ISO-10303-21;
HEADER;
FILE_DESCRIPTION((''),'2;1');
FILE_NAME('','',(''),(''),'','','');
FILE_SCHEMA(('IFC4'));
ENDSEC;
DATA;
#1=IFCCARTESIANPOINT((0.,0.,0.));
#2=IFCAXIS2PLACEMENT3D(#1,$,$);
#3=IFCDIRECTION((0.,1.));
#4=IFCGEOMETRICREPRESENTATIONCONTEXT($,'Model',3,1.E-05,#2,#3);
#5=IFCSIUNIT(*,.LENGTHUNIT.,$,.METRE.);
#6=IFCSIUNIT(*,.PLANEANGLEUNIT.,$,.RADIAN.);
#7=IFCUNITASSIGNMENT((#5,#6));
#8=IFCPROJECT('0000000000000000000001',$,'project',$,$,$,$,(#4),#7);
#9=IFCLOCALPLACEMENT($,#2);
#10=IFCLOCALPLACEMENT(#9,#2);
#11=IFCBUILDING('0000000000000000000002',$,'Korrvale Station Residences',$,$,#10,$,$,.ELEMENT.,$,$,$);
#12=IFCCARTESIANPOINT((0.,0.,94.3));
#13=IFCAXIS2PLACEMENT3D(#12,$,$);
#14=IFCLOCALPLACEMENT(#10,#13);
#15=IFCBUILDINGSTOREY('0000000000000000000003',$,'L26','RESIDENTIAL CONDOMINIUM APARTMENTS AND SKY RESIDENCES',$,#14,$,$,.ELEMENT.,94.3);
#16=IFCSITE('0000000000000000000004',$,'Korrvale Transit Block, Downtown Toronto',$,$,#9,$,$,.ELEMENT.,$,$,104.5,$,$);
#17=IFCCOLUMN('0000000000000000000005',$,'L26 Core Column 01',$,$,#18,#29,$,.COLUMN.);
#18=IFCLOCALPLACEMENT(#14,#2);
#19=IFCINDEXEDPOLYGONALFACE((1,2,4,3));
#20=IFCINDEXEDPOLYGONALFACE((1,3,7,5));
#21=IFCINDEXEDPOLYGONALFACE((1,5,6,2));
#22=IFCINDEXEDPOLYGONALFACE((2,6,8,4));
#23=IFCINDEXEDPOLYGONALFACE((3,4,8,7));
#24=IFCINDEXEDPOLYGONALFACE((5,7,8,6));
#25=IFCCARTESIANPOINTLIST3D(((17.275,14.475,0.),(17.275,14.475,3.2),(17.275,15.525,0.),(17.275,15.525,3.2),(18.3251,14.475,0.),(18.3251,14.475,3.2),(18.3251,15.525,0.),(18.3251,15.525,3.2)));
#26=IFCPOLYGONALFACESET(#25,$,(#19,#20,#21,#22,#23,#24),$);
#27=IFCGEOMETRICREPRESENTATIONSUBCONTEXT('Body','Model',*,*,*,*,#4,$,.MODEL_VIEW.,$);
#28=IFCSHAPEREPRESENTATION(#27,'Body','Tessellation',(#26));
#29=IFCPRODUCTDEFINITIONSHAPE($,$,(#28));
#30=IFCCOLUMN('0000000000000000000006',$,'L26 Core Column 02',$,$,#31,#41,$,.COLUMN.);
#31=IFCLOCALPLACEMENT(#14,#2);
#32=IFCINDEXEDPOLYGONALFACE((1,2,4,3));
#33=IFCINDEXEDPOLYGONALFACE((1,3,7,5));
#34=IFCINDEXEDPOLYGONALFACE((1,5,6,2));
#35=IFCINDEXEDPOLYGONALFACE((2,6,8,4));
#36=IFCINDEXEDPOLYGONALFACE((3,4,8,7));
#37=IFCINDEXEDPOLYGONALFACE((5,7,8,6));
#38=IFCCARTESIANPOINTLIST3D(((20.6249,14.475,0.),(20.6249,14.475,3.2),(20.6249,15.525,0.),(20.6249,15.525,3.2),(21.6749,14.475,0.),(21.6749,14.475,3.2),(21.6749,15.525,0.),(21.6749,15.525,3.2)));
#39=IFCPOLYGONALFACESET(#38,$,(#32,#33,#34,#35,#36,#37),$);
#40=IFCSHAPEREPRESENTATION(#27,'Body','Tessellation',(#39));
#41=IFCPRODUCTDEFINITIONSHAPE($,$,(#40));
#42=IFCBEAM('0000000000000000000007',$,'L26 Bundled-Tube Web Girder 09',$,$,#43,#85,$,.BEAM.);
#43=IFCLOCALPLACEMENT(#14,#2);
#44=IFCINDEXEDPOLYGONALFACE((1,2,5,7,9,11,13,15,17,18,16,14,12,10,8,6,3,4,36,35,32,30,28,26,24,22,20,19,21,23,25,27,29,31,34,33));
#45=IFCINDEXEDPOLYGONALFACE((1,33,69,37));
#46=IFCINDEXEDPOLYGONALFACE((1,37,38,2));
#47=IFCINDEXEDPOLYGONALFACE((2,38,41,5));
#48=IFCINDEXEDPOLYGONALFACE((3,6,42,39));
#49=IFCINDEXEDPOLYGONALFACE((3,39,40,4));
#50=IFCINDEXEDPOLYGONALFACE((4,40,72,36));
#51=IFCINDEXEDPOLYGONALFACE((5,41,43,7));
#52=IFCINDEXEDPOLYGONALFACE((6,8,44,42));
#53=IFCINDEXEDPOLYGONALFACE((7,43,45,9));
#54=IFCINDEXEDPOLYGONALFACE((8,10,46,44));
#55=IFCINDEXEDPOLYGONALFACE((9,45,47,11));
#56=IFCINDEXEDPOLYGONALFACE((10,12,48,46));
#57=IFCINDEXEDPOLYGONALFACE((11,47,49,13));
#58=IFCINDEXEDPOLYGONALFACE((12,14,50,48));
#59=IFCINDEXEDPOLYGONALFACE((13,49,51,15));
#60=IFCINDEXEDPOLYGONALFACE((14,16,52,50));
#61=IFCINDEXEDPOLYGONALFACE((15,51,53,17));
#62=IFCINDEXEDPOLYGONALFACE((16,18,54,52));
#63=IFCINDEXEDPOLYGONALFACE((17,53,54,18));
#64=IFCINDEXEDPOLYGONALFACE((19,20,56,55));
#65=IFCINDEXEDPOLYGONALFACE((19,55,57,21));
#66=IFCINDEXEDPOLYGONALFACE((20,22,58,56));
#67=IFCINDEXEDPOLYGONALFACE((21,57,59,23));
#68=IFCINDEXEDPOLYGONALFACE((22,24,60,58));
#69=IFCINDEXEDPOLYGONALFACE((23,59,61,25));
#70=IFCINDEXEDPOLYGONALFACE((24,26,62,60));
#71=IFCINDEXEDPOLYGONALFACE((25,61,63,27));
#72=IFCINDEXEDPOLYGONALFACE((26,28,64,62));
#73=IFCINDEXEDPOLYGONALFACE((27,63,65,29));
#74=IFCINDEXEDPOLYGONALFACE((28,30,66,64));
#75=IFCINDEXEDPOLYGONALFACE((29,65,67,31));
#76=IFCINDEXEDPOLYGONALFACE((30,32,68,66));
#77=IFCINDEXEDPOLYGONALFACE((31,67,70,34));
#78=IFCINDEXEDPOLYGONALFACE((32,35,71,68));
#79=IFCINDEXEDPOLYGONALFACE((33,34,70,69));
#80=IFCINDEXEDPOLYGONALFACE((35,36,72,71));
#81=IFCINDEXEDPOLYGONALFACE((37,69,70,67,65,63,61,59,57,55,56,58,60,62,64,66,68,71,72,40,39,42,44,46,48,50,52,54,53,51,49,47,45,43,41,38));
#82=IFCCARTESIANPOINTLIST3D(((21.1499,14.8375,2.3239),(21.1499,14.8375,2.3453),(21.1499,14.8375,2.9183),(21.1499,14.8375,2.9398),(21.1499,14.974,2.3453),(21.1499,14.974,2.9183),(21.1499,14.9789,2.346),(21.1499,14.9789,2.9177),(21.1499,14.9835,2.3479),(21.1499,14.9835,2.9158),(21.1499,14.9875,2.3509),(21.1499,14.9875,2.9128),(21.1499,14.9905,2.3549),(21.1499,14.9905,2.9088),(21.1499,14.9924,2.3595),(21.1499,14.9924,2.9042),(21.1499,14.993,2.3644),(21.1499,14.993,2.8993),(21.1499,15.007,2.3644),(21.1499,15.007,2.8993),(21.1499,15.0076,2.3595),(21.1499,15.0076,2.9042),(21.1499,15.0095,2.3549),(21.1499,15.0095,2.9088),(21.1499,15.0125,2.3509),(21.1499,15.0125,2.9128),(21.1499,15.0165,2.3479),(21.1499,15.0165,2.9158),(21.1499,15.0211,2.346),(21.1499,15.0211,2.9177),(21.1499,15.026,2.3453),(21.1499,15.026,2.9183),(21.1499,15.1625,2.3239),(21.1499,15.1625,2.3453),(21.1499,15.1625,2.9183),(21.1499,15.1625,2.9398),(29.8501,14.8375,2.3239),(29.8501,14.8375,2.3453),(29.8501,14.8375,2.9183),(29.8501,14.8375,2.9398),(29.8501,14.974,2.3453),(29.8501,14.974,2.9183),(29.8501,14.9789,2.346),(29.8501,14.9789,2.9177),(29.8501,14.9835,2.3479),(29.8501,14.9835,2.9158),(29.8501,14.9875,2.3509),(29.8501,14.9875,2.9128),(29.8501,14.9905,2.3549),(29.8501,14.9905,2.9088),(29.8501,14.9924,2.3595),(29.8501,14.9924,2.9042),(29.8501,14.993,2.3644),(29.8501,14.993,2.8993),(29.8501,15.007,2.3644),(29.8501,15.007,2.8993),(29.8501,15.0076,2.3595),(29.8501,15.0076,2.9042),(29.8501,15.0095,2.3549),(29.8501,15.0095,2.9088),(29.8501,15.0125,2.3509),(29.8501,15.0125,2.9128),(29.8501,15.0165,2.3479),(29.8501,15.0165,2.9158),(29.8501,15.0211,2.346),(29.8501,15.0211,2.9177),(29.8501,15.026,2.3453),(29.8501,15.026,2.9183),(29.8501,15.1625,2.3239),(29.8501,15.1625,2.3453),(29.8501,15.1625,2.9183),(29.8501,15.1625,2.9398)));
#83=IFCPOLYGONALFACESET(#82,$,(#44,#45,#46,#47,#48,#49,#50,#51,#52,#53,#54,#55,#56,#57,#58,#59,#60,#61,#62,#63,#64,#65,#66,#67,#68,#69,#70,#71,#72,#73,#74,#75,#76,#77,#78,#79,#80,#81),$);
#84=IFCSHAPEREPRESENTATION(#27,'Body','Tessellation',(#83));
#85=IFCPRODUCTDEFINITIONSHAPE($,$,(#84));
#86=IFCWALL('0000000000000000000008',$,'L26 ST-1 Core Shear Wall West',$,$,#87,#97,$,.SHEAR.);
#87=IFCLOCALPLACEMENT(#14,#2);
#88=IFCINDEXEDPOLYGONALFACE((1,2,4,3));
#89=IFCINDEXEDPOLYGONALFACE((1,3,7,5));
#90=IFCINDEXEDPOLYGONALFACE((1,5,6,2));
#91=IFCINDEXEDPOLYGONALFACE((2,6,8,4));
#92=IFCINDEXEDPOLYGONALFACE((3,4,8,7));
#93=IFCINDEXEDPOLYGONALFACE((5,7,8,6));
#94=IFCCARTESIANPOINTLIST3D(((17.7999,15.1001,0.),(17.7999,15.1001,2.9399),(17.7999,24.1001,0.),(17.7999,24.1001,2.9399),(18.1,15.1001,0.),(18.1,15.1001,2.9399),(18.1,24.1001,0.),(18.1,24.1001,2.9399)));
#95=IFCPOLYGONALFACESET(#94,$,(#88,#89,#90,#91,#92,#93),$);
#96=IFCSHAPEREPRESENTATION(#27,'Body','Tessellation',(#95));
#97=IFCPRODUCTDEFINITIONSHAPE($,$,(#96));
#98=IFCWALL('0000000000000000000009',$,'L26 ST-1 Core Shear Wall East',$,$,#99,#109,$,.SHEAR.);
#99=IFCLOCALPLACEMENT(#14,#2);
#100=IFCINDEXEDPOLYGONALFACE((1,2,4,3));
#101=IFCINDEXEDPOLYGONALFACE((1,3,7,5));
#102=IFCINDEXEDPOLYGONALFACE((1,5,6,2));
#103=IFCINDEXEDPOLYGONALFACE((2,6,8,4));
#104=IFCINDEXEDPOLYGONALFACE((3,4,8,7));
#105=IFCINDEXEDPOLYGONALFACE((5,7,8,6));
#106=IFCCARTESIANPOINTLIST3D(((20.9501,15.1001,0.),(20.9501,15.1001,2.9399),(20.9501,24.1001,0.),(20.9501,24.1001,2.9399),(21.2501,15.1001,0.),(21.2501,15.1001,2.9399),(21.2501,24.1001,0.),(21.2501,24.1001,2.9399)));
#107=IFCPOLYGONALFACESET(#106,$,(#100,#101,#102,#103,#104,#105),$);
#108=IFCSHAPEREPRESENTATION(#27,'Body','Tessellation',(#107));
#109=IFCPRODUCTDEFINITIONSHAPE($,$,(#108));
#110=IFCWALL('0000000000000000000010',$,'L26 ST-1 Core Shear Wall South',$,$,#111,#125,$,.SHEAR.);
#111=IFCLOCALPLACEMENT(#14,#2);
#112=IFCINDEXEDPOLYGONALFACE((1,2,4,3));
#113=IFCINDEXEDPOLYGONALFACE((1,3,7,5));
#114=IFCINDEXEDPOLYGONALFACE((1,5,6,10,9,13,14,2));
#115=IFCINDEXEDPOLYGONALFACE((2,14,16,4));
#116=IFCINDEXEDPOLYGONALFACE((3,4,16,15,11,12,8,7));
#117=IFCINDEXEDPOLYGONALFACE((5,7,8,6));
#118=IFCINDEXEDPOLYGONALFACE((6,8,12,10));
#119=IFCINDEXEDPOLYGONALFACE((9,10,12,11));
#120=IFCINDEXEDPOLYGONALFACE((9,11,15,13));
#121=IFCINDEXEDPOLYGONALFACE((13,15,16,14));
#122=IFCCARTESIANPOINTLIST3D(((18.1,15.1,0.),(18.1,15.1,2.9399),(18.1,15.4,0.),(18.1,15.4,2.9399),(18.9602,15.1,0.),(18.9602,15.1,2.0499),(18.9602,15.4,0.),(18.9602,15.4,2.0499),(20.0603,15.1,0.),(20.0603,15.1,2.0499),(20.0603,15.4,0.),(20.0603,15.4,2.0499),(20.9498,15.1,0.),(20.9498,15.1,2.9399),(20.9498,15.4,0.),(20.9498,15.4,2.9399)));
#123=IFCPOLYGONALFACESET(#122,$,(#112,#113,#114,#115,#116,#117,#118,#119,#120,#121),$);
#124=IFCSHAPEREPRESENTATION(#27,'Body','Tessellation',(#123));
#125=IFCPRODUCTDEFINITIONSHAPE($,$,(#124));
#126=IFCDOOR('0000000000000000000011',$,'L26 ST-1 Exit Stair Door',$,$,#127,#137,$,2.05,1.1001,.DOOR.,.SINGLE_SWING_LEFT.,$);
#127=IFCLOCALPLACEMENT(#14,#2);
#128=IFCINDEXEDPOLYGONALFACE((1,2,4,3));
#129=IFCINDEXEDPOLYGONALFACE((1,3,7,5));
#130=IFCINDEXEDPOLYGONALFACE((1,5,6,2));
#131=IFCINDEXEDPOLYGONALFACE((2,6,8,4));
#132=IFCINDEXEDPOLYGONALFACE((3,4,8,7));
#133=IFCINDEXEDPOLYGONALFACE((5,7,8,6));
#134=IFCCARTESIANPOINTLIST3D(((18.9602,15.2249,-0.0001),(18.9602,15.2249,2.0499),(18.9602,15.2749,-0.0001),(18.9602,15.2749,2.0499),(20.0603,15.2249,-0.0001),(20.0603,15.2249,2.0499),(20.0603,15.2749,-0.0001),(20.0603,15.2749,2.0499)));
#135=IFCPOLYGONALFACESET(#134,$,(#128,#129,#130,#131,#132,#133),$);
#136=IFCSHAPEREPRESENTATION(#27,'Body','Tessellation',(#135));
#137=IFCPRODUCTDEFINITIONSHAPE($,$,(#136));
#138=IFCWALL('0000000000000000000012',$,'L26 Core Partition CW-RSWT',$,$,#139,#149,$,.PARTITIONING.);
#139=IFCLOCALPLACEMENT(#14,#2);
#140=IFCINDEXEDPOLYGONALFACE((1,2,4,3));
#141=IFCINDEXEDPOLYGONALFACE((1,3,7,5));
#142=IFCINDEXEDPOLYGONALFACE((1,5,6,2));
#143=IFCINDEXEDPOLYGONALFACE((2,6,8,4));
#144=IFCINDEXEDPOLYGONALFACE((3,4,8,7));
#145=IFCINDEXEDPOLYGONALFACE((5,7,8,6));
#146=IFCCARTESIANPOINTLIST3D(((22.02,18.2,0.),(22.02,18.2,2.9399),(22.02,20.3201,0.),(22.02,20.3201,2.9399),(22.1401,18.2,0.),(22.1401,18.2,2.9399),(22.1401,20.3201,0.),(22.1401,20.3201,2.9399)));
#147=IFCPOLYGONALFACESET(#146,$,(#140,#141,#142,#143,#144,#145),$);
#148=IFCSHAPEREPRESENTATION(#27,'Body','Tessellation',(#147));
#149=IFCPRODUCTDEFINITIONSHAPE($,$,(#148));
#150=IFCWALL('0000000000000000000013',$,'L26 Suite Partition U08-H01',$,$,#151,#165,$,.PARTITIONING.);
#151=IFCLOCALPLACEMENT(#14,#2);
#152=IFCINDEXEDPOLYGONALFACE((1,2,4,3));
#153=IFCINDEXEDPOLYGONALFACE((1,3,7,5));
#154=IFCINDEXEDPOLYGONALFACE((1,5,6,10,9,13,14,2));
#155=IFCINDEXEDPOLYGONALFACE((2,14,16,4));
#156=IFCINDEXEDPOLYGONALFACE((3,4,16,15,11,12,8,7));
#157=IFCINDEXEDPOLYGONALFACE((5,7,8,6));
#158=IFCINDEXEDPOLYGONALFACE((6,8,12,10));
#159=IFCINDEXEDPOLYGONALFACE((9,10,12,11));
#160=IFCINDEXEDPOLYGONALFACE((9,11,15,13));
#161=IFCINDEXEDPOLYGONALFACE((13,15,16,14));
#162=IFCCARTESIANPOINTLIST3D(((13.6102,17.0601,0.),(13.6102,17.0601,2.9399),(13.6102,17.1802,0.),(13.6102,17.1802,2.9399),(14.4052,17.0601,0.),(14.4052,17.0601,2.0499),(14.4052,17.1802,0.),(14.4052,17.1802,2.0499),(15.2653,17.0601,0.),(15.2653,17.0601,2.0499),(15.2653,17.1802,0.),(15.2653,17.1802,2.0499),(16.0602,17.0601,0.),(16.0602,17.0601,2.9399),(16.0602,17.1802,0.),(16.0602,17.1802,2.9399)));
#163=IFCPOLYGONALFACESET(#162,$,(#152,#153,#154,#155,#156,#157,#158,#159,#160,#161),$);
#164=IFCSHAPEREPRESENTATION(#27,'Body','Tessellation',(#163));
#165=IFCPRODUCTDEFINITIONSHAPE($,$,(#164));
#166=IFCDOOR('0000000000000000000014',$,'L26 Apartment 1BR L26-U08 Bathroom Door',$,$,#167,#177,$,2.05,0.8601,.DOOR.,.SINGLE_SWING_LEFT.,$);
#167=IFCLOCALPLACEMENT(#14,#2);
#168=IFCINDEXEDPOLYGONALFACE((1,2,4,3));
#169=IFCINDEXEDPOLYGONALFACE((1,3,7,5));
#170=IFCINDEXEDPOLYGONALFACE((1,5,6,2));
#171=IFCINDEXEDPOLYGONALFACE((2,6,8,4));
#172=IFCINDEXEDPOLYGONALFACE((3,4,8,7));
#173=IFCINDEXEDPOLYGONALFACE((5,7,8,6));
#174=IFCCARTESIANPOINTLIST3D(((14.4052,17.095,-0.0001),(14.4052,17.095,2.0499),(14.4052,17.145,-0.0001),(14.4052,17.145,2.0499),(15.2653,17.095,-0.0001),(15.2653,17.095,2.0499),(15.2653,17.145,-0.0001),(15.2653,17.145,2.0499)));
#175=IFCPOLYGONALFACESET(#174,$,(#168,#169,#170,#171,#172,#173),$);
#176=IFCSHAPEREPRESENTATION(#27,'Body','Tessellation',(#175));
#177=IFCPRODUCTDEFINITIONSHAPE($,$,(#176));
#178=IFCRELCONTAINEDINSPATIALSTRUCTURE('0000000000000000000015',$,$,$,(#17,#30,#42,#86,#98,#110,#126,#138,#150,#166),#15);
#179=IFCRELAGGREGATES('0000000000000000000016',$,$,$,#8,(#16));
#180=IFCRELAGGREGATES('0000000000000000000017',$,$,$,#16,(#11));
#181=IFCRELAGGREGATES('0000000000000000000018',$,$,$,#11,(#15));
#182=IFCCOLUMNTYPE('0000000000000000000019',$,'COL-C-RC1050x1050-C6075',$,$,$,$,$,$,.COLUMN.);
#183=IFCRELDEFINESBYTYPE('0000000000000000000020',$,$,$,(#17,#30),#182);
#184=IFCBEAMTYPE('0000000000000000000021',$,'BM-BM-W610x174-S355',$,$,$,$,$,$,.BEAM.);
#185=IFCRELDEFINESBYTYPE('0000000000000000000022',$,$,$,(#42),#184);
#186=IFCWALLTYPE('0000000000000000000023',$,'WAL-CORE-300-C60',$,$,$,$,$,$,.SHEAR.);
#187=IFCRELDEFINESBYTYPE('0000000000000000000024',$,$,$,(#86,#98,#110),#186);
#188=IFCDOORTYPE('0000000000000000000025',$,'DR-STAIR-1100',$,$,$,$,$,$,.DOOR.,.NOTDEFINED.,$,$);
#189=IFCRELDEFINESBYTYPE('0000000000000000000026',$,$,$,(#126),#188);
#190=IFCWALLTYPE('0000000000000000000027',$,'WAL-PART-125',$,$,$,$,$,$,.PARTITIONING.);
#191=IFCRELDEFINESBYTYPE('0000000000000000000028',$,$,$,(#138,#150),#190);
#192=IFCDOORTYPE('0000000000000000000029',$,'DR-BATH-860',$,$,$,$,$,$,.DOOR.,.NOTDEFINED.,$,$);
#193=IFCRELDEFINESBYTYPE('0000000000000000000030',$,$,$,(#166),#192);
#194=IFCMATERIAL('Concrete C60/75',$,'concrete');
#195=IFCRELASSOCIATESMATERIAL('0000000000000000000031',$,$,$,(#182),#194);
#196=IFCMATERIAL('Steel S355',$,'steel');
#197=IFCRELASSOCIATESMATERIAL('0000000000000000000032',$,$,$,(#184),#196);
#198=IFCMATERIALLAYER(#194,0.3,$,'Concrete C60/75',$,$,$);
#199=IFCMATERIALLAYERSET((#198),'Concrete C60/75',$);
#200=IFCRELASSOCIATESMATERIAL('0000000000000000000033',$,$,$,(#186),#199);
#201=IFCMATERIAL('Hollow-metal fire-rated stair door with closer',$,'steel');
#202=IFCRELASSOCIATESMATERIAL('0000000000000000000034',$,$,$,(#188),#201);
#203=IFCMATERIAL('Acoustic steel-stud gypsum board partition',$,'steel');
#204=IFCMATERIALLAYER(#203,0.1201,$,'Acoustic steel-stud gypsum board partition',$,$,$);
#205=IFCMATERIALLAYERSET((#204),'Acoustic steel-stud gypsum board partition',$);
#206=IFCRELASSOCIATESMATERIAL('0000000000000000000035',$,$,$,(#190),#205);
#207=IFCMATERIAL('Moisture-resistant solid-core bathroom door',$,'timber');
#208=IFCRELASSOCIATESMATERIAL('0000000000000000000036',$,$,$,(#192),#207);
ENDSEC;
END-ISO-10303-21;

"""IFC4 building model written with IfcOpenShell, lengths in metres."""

from ifc_helpers import new_model, si_unit, direction, frame, frame_2d, origin, origin_2d, place, context, subcontext, project, spatial, rectangle, i_section, extrude, material, layer, layer_set, material_profile, profile_set, type_object, element, fill, save


model = new_model("IFC4")

# Units and contexts
model_context = context("Model", 3, precision=1e-05, world=origin(), true_north=direction((0.0, 1.0)))
body_context = subcontext(model_context, "Body", "Model", "MODEL_VIEW")
ifc_project = project(units=[si_unit("LENGTHUNIT", "METRE"), si_unit("PLANEANGLEUNIT", "RADIAN")], contexts=[model_context])

# Site, building, storey
site_placement = place(None, origin())
site = spatial("IfcSite", under=ifc_project, at=site_placement, Name="Korrvale Transit Block, Downtown Toronto", CompositionType="ELEMENT", RefElevation=104.5)
building_placement = place(site_placement, origin())
building = spatial("IfcBuilding", under=site, at=building_placement, Name="Korrvale Station Residences", CompositionType="ELEMENT")
storey_placement = place(building_placement, frame((0.0, 0.0, 94.3)))
storey = spatial("IfcBuildingStorey", under=building, at=storey_placement, Name="L26", Description="RESIDENTIAL CONDOMINIUM APARTMENTS AND SKY RESIDENCES", CompositionType="ELEMENT", Elevation=94.3)

# Columns
ifc_material_1 = material(Name="Concrete C60/75", Category="concrete")
ifc_material_profile_1 = material_profile(ifc_material_1, rectangle(XDim=1.05, YDim=1.05, at=origin_2d()), Name="RC1050x1050")
ifc_profile_set_1 = profile_set([ifc_material_profile_1], Name="Concrete C60/75")
column_type = type_object("IfcColumnType", Name="COL-C-RC1050x1050-C6075", PredefinedType="COLUMN", material=ifc_profile_set_1)
for number, where, z_axis, x_axis, name in (
    (1, (17.8, 15.0, 0.0), (0.0, 0.0, 1.0), (1.0, 0.0, 0.0), "L26 Core Column 01"),
    (2, (21.1499, 15.0, 0.0), (0.0, 0.0, 1.0), (1.0, 0.0, 0.0), "L26 Core Column 02"),
):
    element("IfcColumn", number, at=place(storey_placement, frame(where, z_axis=z_axis, x_axis=x_axis)), inside=storey, type_object=column_type, Name=name, PredefinedType="COLUMN", context=body_context, shape_type="SweptSolid", body=[
        extrude(rectangle(XDim=1.05, YDim=1.05, at=origin_2d()), origin(), (0.0, 0.0, 1.0), 3.2),
    ])

# Beam
ifc_material_2 = material(Name="Steel S355", Category="steel")
ifc_material_profile_2 = material_profile(ifc_material_2, i_section(OverallWidth=0.325, OverallDepth=0.616, WebThickness=0.0139, FlangeThickness=0.0215, FilletRadius=0.019, at=origin_2d()), Name="W610x174")
ifc_profile_set_2 = profile_set([ifc_material_profile_2], Name="Steel S355")
beam_type = type_object("IfcBeamType", Name="BM-BM-W610x174-S355", PredefinedType="BEAM", material=ifc_profile_set_2)
beam_placement = place(storey_placement, frame((21.1499, 15.0, 2.6318), z_axis=(1.0, 0.0, 0.0), x_axis=(0.0, 1.0, 0.0)))
element("IfcBeam", 3, at=beam_placement, inside=storey, type_object=beam_type, Name="L26 Bundled-Tube Web Girder 09", PredefinedType="BEAM", context=body_context, shape_type="SweptSolid", body=[
    extrude(i_section(OverallWidth=0.325, OverallDepth=0.616, WebThickness=0.0139, FlangeThickness=0.0215, FilletRadius=0.019, at=origin_2d()), origin(), (0.0, 0.0, 1.0), 8.7002),
])

# Walls
ifc_layer_1 = layer(ifc_material_1, 0.3, Name="Concrete C60/75")
ifc_layer_set_1 = layer_set([ifc_layer_1], Name="Concrete C60/75")
wall_type_1 = type_object("IfcWallType", Name="WAL-CORE-300-C60", PredefinedType="SHEAR", material=ifc_layer_set_1)
for number, where, z_axis, x_axis, name in (
    (4, (17.95, 15.1001, 0.0), (0.0, 0.0, 1.0), (0.0, 1.0, 0.0), "L26 ST-1 Core Shear Wall West"),
    (5, (21.1001, 15.1001, 0.0), (0.0, 0.0, 1.0), (0.0, 1.0, 0.0), "L26 ST-1 Core Shear Wall East"),
):
    element("IfcWall", number, at=place(storey_placement, frame(where, z_axis=z_axis, x_axis=x_axis)), inside=storey, type_object=wall_type_1, Name=name, PredefinedType="SHEAR", context=body_context, shape_type="SweptSolid", body=[
        extrude(rectangle(XDim=9.0, YDim=0.3, at=frame_2d((4.5, 0.0))), origin(), (0.0, 0.0, 1.0), 2.9399),
    ])

# Wall, opening, door
wall_1_placement = place(storey_placement, frame((18.1001, 15.25, 0.0), z_axis=(0.0, 0.0, 1.0), x_axis=(1.0, 0.0, 0.0)))
wall_1 = element("IfcWall", 6, at=wall_1_placement, inside=storey, type_object=wall_type_1, Name="L26 ST-1 Core Shear Wall South", PredefinedType="SHEAR", context=body_context, shape_type="SweptSolid", body=[
    extrude(rectangle(XDim=2.8499, YDim=0.3, at=frame_2d((1.4248, 0.0))), origin(), (0.0, 0.0, 1.0), 2.9399),
])
opening_1_placement = place(wall_1_placement, frame((0.8601, 0.0, 0.0)))
opening_1 = element("IfcOpeningElement", 7, at=opening_1_placement, cuts=wall_1, PredefinedType="OPENING", context=body_context, shape_type="SweptSolid", body=[
    extrude(rectangle(XDim=1.1001, YDim=2.05, at=frame_2d((0.55, 1.0249))), frame((0.0, 0.1602, 0.0), z_axis=(0.0, -1.0, 0.0), x_axis=(1.0, 0.0, 0.0)), (0.0, 0.0, 1.0), 0.3201),
])
ifc_material_3 = material(Name="Hollow-metal fire-rated stair door with closer", Category="steel")
door_type_1 = type_object("IfcDoorType", Name="DR-STAIR-1100", OperationType="NOTDEFINED", PredefinedType="DOOR", material=ifc_material_3)
door_1_placement = place(opening_1_placement, origin())
door_1 = element("IfcDoor", 8, at=door_1_placement, inside=storey, type_object=door_type_1, Name="L26 ST-1 Exit Stair Door", OperationType="SINGLE_SWING_LEFT", OverallHeight=2.05, OverallWidth=1.1001, PredefinedType="DOOR", context=body_context, shape_type="SweptSolid", body=[
    extrude(rectangle(XDim=1.1001, YDim=2.05, at=frame_2d((0.55, 1.0249))), frame((0.0, 0.0249, 0.0), z_axis=(0.0, -1.0, 0.0), x_axis=(1.0, 0.0, 0.0)), (0.0, 0.0, 1.0), 0.05),
])
fill(opening_1, door_1)

# Wall
ifc_material_4 = material(Name="Acoustic steel-stud gypsum board partition", Category="steel")
ifc_layer_2 = layer(ifc_material_4, 0.1201, Name="Acoustic steel-stud gypsum board partition")
ifc_layer_set_2 = layer_set([ifc_layer_2], Name="Acoustic steel-stud gypsum board partition")
wall_type_2 = type_object("IfcWallType", Name="WAL-PART-125", PredefinedType="PARTITIONING", material=ifc_layer_set_2)
wall_2_placement = place(storey_placement, frame((22.0801, 18.2, 0.0), z_axis=(0.0, 0.0, 1.0), x_axis=(0.0, 1.0, 0.0)))
element("IfcWall", 9, at=wall_2_placement, inside=storey, type_object=wall_type_2, Name="L26 Core Partition CW-RSWT", PredefinedType="PARTITIONING", context=body_context, shape_type="SweptSolid", body=[
    extrude(rectangle(XDim=2.1201, YDim=0.1201, at=frame_2d((1.0601, 0.0))), origin(), (0.0, 0.0, 1.0), 2.9399),
])

# Wall, opening, door
wall_3_placement = place(storey_placement, frame((13.6101, 17.1201, 0.0), z_axis=(0.0, 0.0, 1.0), x_axis=(1.0, 0.0, 0.0)))
wall_3 = element("IfcWall", 10, at=wall_3_placement, inside=storey, type_object=wall_type_2, Name="L26 Suite Partition U08-H01", PredefinedType="PARTITIONING", context=body_context, shape_type="SweptSolid", body=[
    extrude(rectangle(XDim=2.45, YDim=0.1201, at=frame_2d((1.2251, 0.0))), origin(), (0.0, 0.0, 1.0), 2.9399),
])
opening_2_placement = place(wall_3_placement, frame((0.7949, 0.0, 0.0)))
opening_2 = element("IfcOpeningElement", 11, at=opening_2_placement, cuts=wall_3, PredefinedType="OPENING", context=body_context, shape_type="SweptSolid", body=[
    extrude(rectangle(XDim=0.8601, YDim=2.05, at=frame_2d((0.4302, 1.0249))), frame((0.0, 0.0701, 0.0), z_axis=(0.0, -1.0, 0.0), x_axis=(1.0, 0.0, 0.0)), (0.0, 0.0, 1.0), 0.1401),
])
ifc_material_5 = material(Name="Moisture-resistant solid-core bathroom door", Category="timber")
door_type_2 = type_object("IfcDoorType", Name="DR-BATH-860", OperationType="NOTDEFINED", PredefinedType="DOOR", material=ifc_material_5)
door_2_placement = place(opening_2_placement, origin())
door_2 = element("IfcDoor", 12, at=door_2_placement, inside=storey, type_object=door_type_2, Name="L26 Apartment 1BR L26-U08 Bathroom Door", OperationType="SINGLE_SWING_LEFT", OverallHeight=2.05, OverallWidth=0.8601, PredefinedType="DOOR", context=body_context, shape_type="SweptSolid", body=[
    extrude(rectangle(XDim=0.8601, YDim=2.05, at=frame_2d((0.4302, 1.0249))), frame((0.0, 0.0249, 0.0), z_axis=(0.0, -1.0, 0.0), x_axis=(1.0, 0.0, 0.0)), (0.0, 0.0, 1.0), 0.05),
])
fill(opening_2, door_2)

save(model, "model.ifc")
